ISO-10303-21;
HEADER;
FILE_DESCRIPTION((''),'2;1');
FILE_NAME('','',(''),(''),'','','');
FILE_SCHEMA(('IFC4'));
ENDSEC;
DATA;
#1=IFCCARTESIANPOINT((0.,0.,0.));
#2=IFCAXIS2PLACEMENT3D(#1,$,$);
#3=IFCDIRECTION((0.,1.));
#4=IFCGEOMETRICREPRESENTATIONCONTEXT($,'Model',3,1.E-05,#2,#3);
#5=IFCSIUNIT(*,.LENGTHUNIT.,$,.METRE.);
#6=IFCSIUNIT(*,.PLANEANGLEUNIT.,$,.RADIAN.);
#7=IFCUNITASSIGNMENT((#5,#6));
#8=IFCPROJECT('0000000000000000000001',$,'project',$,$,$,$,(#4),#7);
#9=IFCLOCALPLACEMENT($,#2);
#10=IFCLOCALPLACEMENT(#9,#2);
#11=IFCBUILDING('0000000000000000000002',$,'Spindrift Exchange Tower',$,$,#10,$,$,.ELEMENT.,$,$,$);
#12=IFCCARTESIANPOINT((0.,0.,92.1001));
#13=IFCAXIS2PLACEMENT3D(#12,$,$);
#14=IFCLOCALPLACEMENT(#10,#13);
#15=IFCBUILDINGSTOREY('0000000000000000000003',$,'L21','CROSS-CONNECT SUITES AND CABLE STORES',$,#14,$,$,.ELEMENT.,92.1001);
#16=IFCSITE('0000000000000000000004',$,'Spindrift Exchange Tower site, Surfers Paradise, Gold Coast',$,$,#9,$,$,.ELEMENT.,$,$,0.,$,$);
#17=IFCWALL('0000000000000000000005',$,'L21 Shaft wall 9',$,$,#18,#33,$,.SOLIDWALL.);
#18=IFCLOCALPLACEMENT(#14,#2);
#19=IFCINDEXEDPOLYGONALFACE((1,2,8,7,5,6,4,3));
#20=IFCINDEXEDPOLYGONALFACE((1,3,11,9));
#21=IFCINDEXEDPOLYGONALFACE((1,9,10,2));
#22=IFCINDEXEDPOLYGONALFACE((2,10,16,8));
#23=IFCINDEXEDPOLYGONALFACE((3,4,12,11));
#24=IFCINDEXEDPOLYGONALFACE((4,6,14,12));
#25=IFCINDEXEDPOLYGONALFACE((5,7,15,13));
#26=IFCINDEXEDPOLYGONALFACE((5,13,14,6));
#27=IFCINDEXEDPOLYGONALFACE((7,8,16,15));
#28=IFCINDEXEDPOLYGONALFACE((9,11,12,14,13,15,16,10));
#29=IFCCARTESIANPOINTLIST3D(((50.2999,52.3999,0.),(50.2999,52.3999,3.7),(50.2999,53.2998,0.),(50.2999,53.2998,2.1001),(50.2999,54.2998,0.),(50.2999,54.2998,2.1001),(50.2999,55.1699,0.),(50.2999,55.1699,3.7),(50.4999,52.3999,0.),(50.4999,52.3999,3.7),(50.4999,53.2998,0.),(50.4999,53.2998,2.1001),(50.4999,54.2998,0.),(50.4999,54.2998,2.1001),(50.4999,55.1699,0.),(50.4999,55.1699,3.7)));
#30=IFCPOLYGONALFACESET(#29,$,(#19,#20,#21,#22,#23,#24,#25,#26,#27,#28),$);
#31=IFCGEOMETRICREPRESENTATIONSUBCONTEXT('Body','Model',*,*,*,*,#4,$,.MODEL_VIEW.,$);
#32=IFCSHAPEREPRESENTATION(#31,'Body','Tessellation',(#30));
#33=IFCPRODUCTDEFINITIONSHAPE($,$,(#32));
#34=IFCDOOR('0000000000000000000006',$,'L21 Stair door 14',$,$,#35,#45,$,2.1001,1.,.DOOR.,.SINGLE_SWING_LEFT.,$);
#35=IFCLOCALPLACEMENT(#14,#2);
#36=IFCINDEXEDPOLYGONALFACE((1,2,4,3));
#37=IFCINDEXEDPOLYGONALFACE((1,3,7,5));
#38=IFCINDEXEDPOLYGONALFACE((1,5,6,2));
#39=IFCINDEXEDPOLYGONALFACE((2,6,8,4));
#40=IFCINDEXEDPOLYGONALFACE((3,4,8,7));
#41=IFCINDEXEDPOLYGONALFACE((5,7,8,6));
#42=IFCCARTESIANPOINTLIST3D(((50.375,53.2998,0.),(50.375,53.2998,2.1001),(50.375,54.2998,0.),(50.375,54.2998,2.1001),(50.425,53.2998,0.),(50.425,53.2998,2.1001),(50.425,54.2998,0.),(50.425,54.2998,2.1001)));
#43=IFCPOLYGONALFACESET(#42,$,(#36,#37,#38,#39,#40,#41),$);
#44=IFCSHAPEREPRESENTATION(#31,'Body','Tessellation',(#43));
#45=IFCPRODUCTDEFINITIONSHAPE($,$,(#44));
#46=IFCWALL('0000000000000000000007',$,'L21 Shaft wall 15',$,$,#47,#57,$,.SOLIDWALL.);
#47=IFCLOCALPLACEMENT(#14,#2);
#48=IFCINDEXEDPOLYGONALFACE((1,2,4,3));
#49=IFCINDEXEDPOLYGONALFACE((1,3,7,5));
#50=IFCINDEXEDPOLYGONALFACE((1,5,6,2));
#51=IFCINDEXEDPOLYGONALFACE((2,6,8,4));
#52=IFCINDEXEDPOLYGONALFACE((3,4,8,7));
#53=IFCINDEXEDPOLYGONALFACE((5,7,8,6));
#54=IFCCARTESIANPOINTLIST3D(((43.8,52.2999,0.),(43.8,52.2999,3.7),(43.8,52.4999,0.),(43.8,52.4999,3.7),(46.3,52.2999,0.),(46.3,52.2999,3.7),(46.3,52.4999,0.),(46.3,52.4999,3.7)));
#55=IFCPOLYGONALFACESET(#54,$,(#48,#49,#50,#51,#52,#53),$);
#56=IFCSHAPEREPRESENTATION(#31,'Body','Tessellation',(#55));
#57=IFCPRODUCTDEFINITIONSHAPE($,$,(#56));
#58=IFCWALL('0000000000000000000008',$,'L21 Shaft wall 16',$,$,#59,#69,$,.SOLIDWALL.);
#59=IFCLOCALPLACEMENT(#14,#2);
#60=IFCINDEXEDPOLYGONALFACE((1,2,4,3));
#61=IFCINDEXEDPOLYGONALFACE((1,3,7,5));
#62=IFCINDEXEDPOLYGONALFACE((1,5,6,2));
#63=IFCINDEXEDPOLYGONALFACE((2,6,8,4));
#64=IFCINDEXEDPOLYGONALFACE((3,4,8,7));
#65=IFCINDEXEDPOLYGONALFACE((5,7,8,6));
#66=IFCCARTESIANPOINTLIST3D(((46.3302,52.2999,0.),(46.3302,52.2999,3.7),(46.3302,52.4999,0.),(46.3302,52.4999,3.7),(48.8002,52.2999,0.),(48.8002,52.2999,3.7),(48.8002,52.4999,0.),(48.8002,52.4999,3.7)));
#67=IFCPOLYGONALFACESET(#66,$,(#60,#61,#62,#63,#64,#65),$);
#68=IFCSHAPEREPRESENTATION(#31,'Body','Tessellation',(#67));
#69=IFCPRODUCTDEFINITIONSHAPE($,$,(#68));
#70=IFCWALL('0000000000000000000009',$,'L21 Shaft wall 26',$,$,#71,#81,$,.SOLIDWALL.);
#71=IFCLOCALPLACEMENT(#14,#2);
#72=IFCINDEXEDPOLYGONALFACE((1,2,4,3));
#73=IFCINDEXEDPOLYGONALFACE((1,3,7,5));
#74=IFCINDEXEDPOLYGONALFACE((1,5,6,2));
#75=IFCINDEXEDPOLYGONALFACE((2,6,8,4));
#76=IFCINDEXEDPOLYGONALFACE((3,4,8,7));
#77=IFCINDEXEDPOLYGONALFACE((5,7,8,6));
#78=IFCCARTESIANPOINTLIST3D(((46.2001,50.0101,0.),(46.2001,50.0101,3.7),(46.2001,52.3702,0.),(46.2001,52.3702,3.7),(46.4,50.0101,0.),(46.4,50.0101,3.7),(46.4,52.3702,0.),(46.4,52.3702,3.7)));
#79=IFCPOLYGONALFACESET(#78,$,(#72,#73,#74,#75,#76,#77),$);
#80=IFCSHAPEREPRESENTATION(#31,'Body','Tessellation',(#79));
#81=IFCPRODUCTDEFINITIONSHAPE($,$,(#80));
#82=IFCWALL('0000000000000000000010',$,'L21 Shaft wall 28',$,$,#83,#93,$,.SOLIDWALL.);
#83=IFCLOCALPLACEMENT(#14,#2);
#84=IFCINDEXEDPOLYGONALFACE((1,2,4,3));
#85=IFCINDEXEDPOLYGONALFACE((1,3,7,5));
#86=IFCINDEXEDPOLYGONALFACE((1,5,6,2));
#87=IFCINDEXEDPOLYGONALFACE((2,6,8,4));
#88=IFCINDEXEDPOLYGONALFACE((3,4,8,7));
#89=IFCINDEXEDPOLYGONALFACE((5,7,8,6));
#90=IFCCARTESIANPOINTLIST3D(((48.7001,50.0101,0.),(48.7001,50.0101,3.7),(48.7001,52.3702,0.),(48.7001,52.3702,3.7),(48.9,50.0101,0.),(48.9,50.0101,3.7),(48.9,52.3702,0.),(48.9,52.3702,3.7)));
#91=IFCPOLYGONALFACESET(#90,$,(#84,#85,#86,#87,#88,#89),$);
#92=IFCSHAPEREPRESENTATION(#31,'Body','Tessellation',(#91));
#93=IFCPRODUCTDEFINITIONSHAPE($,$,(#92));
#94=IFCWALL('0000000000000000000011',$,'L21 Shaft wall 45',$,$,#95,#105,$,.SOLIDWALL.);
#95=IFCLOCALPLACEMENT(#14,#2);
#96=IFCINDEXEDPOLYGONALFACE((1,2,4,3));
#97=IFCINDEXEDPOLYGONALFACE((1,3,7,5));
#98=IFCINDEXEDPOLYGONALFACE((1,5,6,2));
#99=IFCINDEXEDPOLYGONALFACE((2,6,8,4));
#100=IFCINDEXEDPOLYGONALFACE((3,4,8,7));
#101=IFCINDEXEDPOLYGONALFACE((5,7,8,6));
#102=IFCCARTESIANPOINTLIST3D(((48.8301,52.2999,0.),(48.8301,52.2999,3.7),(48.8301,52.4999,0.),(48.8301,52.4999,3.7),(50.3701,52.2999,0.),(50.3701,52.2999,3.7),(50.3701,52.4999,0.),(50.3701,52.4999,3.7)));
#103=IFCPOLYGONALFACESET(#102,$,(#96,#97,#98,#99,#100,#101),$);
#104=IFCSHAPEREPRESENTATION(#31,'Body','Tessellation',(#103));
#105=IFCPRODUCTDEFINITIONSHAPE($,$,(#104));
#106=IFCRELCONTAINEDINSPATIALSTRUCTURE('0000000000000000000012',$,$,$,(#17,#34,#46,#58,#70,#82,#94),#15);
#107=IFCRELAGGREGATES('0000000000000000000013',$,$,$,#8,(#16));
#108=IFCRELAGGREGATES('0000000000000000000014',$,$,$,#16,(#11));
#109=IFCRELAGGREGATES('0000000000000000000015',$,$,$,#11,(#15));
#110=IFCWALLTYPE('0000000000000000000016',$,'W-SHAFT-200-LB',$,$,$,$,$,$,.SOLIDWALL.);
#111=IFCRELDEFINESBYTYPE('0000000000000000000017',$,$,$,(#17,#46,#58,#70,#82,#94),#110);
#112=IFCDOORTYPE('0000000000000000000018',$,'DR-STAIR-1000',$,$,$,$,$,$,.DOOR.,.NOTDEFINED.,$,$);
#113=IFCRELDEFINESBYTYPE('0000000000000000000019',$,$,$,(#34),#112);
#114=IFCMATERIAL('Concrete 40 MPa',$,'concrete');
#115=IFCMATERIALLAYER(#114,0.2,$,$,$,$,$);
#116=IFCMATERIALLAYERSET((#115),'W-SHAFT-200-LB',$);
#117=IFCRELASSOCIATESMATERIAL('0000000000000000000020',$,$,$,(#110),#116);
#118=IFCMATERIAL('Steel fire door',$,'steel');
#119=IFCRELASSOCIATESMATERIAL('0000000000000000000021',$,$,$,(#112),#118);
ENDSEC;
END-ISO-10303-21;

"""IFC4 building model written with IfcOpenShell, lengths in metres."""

from ifc_helpers import new_model, si_unit, direction, frame, frame_2d, origin, place, context, subcontext, project, spatial, rectangle, extrude, source, transform, mapped, material, layer, layer_set, type_object, element, fill, save


model = new_model("IFC4")

# Units and contexts
model_context = context("Model", 3, precision=1e-05, world=origin(), true_north=direction((0.0, 1.0)))
body_context = subcontext(model_context, "Body", "Model", "MODEL_VIEW")
ifc_project = project(units=[si_unit("LENGTHUNIT", "METRE"), si_unit("PLANEANGLEUNIT", "RADIAN")], contexts=[model_context])

# Site, building, storey
site_placement = place(None, origin())
site = spatial("IfcSite", under=ifc_project, at=site_placement, Name="Spindrift Exchange Tower site, Surfers Paradise, Gold Coast", CompositionType="ELEMENT", RefElevation=0.0)
building_placement = place(site_placement, origin())
building = spatial("IfcBuilding", under=site, at=building_placement, Name="Spindrift Exchange Tower", CompositionType="ELEMENT")
storey_placement = place(building_placement, frame((0.0, 0.0, 92.1001)))
storey = spatial("IfcBuildingStorey", under=building, at=storey_placement, Name="L21", Description="CROSS-CONNECT SUITES AND CABLE STORES", CompositionType="ELEMENT", Elevation=92.1001)

# Wall, opening, door
ifc_material_1 = material(Name="Concrete 40 MPa", Category="concrete")
ifc_layer = layer(ifc_material_1, 0.2)
ifc_layer_set = layer_set([ifc_layer], Name="W-SHAFT-200-LB")
wall_type = type_object("IfcWallType", Name="W-SHAFT-200-LB", PredefinedType="SOLIDWALL", material=ifc_layer_set)
wall_1_placement = place(storey_placement, frame((50.3999, 52.3999, 0.0), z_axis=(0.0, 0.0, 1.0), x_axis=(0.0, 1.0, 0.0)))
wall_1 = element("IfcWall", 1, at=wall_1_placement, inside=storey, type_object=wall_type, Name="L21 Shaft wall 9", PredefinedType="SOLIDWALL", context=body_context, shape_type="SweptSolid", body=[
    extrude(rectangle(XDim=2.77, YDim=0.2, at=frame_2d((1.385, 0.0))), origin(), (0.0, 0.0, 1.0), 3.7),
])
opening_placement = place(wall_1_placement, frame((0.8999, 0.0, 0.0)))
opening = element("IfcOpeningElement", 2, at=opening_placement, cuts=wall_1, PredefinedType="OPENING", context=body_context, shape_type="SweptSolid", body=[
    extrude(rectangle(XDim=1.0, YDim=2.1001, at=frame_2d((0.5, 1.05))), frame((0.0, 0.1099, 0.0), z_axis=(0.0, -1.0, 0.0), x_axis=(1.0, 0.0, 0.0)), (0.0, 0.0, 1.0), 0.22),
])
ifc_material_2 = material(Name="Steel fire door", Category="steel")
door_type = type_object("IfcDoorType", Name="DR-STAIR-1000", OperationType="NOTDEFINED", PredefinedType="DOOR", material=ifc_material_2)
shared_shape = source(origin(), body_context, "Body", "SweptSolid", [
    extrude(rectangle(XDim=1.0, YDim=2.1001, at=frame_2d((0.5, 1.05))), frame((0.0, 0.0249, 0.0), z_axis=(0.0, -1.0, 0.0), x_axis=(1.0, 0.0, 0.0)), (0.0, 0.0, 1.0), 0.05),
])
door_placement = place(opening_placement, origin())
door = element("IfcDoor", 3, at=door_placement, inside=storey, type_object=door_type, Name="L21 Stair door 14", OperationType="SINGLE_SWING_LEFT", OverallHeight=2.1001, OverallWidth=1.0, PredefinedType="DOOR", context=body_context, shape_type="MappedRepresentation", body=[
    mapped(shared_shape, transform((0.0, 0.0, 0.0), scale=1.0)),
])
fill(opening, door)

# Walls
wall_2_placement = place(storey_placement, frame((46.3, 52.3999, 0.0), z_axis=(0.0, 0.0, 1.0), x_axis=(-1.0, 0.0, 0.0)))
element("IfcWall", 4, at=wall_2_placement, inside=storey, type_object=wall_type, Name="L21 Shaft wall 15", PredefinedType="SOLIDWALL", context=body_context, shape_type="SweptSolid", body=[
    extrude(rectangle(XDim=2.5, YDim=0.2, at=frame_2d((1.25, 0.0))), origin(), (0.0, 0.0, 1.0), 3.7),
])
wall_3_placement = place(storey_placement, frame((48.8, 52.3999, 0.0), z_axis=(0.0, 0.0, 1.0), x_axis=(-1.0, 0.0, 0.0)))
element("IfcWall", 5, at=wall_3_placement, inside=storey, type_object=wall_type, Name="L21 Shaft wall 16", PredefinedType="SOLIDWALL", context=body_context, shape_type="SweptSolid", body=[
    extrude(rectangle(XDim=2.47, YDim=0.2, at=frame_2d((1.2349, 0.0))), origin(), (0.0, 0.0, 1.0), 3.7),
])
for number, where, z_axis, x_axis, name in (
    (6, (46.3, 50.01, 0.0), (0.0, 0.0, 1.0), (0.0, 1.0, 0.0), "L21 Shaft wall 26"),
    (7, (48.8, 50.01, 0.0), (0.0, 0.0, 1.0), (0.0, 1.0, 0.0), "L21 Shaft wall 28"),
):
    element("IfcWall", number, at=place(storey_placement, frame(where, z_axis=z_axis, x_axis=x_axis)), inside=storey, type_object=wall_type, Name=name, PredefinedType="SOLIDWALL", context=body_context, shape_type="SweptSolid", body=[
        extrude(rectangle(XDim=2.3601, YDim=0.2, at=frame_2d((1.1802, 0.0))), origin(), (0.0, 0.0, 1.0), 3.7),
    ])
wall_4_placement = place(storey_placement, frame((50.3701, 52.3999, 0.0), z_axis=(0.0, 0.0, 1.0), x_axis=(-1.0, 0.0, 0.0)))
element("IfcWall", 8, at=wall_4_placement, inside=storey, type_object=wall_type, Name="L21 Shaft wall 45", PredefinedType="SOLIDWALL", context=body_context, shape_type="SweptSolid", body=[
    extrude(rectangle(XDim=1.54, YDim=0.2, at=frame_2d((0.77, 0.0))), origin(), (0.0, 0.0, 1.0), 3.7),
])

save(model, "model.ifc")
